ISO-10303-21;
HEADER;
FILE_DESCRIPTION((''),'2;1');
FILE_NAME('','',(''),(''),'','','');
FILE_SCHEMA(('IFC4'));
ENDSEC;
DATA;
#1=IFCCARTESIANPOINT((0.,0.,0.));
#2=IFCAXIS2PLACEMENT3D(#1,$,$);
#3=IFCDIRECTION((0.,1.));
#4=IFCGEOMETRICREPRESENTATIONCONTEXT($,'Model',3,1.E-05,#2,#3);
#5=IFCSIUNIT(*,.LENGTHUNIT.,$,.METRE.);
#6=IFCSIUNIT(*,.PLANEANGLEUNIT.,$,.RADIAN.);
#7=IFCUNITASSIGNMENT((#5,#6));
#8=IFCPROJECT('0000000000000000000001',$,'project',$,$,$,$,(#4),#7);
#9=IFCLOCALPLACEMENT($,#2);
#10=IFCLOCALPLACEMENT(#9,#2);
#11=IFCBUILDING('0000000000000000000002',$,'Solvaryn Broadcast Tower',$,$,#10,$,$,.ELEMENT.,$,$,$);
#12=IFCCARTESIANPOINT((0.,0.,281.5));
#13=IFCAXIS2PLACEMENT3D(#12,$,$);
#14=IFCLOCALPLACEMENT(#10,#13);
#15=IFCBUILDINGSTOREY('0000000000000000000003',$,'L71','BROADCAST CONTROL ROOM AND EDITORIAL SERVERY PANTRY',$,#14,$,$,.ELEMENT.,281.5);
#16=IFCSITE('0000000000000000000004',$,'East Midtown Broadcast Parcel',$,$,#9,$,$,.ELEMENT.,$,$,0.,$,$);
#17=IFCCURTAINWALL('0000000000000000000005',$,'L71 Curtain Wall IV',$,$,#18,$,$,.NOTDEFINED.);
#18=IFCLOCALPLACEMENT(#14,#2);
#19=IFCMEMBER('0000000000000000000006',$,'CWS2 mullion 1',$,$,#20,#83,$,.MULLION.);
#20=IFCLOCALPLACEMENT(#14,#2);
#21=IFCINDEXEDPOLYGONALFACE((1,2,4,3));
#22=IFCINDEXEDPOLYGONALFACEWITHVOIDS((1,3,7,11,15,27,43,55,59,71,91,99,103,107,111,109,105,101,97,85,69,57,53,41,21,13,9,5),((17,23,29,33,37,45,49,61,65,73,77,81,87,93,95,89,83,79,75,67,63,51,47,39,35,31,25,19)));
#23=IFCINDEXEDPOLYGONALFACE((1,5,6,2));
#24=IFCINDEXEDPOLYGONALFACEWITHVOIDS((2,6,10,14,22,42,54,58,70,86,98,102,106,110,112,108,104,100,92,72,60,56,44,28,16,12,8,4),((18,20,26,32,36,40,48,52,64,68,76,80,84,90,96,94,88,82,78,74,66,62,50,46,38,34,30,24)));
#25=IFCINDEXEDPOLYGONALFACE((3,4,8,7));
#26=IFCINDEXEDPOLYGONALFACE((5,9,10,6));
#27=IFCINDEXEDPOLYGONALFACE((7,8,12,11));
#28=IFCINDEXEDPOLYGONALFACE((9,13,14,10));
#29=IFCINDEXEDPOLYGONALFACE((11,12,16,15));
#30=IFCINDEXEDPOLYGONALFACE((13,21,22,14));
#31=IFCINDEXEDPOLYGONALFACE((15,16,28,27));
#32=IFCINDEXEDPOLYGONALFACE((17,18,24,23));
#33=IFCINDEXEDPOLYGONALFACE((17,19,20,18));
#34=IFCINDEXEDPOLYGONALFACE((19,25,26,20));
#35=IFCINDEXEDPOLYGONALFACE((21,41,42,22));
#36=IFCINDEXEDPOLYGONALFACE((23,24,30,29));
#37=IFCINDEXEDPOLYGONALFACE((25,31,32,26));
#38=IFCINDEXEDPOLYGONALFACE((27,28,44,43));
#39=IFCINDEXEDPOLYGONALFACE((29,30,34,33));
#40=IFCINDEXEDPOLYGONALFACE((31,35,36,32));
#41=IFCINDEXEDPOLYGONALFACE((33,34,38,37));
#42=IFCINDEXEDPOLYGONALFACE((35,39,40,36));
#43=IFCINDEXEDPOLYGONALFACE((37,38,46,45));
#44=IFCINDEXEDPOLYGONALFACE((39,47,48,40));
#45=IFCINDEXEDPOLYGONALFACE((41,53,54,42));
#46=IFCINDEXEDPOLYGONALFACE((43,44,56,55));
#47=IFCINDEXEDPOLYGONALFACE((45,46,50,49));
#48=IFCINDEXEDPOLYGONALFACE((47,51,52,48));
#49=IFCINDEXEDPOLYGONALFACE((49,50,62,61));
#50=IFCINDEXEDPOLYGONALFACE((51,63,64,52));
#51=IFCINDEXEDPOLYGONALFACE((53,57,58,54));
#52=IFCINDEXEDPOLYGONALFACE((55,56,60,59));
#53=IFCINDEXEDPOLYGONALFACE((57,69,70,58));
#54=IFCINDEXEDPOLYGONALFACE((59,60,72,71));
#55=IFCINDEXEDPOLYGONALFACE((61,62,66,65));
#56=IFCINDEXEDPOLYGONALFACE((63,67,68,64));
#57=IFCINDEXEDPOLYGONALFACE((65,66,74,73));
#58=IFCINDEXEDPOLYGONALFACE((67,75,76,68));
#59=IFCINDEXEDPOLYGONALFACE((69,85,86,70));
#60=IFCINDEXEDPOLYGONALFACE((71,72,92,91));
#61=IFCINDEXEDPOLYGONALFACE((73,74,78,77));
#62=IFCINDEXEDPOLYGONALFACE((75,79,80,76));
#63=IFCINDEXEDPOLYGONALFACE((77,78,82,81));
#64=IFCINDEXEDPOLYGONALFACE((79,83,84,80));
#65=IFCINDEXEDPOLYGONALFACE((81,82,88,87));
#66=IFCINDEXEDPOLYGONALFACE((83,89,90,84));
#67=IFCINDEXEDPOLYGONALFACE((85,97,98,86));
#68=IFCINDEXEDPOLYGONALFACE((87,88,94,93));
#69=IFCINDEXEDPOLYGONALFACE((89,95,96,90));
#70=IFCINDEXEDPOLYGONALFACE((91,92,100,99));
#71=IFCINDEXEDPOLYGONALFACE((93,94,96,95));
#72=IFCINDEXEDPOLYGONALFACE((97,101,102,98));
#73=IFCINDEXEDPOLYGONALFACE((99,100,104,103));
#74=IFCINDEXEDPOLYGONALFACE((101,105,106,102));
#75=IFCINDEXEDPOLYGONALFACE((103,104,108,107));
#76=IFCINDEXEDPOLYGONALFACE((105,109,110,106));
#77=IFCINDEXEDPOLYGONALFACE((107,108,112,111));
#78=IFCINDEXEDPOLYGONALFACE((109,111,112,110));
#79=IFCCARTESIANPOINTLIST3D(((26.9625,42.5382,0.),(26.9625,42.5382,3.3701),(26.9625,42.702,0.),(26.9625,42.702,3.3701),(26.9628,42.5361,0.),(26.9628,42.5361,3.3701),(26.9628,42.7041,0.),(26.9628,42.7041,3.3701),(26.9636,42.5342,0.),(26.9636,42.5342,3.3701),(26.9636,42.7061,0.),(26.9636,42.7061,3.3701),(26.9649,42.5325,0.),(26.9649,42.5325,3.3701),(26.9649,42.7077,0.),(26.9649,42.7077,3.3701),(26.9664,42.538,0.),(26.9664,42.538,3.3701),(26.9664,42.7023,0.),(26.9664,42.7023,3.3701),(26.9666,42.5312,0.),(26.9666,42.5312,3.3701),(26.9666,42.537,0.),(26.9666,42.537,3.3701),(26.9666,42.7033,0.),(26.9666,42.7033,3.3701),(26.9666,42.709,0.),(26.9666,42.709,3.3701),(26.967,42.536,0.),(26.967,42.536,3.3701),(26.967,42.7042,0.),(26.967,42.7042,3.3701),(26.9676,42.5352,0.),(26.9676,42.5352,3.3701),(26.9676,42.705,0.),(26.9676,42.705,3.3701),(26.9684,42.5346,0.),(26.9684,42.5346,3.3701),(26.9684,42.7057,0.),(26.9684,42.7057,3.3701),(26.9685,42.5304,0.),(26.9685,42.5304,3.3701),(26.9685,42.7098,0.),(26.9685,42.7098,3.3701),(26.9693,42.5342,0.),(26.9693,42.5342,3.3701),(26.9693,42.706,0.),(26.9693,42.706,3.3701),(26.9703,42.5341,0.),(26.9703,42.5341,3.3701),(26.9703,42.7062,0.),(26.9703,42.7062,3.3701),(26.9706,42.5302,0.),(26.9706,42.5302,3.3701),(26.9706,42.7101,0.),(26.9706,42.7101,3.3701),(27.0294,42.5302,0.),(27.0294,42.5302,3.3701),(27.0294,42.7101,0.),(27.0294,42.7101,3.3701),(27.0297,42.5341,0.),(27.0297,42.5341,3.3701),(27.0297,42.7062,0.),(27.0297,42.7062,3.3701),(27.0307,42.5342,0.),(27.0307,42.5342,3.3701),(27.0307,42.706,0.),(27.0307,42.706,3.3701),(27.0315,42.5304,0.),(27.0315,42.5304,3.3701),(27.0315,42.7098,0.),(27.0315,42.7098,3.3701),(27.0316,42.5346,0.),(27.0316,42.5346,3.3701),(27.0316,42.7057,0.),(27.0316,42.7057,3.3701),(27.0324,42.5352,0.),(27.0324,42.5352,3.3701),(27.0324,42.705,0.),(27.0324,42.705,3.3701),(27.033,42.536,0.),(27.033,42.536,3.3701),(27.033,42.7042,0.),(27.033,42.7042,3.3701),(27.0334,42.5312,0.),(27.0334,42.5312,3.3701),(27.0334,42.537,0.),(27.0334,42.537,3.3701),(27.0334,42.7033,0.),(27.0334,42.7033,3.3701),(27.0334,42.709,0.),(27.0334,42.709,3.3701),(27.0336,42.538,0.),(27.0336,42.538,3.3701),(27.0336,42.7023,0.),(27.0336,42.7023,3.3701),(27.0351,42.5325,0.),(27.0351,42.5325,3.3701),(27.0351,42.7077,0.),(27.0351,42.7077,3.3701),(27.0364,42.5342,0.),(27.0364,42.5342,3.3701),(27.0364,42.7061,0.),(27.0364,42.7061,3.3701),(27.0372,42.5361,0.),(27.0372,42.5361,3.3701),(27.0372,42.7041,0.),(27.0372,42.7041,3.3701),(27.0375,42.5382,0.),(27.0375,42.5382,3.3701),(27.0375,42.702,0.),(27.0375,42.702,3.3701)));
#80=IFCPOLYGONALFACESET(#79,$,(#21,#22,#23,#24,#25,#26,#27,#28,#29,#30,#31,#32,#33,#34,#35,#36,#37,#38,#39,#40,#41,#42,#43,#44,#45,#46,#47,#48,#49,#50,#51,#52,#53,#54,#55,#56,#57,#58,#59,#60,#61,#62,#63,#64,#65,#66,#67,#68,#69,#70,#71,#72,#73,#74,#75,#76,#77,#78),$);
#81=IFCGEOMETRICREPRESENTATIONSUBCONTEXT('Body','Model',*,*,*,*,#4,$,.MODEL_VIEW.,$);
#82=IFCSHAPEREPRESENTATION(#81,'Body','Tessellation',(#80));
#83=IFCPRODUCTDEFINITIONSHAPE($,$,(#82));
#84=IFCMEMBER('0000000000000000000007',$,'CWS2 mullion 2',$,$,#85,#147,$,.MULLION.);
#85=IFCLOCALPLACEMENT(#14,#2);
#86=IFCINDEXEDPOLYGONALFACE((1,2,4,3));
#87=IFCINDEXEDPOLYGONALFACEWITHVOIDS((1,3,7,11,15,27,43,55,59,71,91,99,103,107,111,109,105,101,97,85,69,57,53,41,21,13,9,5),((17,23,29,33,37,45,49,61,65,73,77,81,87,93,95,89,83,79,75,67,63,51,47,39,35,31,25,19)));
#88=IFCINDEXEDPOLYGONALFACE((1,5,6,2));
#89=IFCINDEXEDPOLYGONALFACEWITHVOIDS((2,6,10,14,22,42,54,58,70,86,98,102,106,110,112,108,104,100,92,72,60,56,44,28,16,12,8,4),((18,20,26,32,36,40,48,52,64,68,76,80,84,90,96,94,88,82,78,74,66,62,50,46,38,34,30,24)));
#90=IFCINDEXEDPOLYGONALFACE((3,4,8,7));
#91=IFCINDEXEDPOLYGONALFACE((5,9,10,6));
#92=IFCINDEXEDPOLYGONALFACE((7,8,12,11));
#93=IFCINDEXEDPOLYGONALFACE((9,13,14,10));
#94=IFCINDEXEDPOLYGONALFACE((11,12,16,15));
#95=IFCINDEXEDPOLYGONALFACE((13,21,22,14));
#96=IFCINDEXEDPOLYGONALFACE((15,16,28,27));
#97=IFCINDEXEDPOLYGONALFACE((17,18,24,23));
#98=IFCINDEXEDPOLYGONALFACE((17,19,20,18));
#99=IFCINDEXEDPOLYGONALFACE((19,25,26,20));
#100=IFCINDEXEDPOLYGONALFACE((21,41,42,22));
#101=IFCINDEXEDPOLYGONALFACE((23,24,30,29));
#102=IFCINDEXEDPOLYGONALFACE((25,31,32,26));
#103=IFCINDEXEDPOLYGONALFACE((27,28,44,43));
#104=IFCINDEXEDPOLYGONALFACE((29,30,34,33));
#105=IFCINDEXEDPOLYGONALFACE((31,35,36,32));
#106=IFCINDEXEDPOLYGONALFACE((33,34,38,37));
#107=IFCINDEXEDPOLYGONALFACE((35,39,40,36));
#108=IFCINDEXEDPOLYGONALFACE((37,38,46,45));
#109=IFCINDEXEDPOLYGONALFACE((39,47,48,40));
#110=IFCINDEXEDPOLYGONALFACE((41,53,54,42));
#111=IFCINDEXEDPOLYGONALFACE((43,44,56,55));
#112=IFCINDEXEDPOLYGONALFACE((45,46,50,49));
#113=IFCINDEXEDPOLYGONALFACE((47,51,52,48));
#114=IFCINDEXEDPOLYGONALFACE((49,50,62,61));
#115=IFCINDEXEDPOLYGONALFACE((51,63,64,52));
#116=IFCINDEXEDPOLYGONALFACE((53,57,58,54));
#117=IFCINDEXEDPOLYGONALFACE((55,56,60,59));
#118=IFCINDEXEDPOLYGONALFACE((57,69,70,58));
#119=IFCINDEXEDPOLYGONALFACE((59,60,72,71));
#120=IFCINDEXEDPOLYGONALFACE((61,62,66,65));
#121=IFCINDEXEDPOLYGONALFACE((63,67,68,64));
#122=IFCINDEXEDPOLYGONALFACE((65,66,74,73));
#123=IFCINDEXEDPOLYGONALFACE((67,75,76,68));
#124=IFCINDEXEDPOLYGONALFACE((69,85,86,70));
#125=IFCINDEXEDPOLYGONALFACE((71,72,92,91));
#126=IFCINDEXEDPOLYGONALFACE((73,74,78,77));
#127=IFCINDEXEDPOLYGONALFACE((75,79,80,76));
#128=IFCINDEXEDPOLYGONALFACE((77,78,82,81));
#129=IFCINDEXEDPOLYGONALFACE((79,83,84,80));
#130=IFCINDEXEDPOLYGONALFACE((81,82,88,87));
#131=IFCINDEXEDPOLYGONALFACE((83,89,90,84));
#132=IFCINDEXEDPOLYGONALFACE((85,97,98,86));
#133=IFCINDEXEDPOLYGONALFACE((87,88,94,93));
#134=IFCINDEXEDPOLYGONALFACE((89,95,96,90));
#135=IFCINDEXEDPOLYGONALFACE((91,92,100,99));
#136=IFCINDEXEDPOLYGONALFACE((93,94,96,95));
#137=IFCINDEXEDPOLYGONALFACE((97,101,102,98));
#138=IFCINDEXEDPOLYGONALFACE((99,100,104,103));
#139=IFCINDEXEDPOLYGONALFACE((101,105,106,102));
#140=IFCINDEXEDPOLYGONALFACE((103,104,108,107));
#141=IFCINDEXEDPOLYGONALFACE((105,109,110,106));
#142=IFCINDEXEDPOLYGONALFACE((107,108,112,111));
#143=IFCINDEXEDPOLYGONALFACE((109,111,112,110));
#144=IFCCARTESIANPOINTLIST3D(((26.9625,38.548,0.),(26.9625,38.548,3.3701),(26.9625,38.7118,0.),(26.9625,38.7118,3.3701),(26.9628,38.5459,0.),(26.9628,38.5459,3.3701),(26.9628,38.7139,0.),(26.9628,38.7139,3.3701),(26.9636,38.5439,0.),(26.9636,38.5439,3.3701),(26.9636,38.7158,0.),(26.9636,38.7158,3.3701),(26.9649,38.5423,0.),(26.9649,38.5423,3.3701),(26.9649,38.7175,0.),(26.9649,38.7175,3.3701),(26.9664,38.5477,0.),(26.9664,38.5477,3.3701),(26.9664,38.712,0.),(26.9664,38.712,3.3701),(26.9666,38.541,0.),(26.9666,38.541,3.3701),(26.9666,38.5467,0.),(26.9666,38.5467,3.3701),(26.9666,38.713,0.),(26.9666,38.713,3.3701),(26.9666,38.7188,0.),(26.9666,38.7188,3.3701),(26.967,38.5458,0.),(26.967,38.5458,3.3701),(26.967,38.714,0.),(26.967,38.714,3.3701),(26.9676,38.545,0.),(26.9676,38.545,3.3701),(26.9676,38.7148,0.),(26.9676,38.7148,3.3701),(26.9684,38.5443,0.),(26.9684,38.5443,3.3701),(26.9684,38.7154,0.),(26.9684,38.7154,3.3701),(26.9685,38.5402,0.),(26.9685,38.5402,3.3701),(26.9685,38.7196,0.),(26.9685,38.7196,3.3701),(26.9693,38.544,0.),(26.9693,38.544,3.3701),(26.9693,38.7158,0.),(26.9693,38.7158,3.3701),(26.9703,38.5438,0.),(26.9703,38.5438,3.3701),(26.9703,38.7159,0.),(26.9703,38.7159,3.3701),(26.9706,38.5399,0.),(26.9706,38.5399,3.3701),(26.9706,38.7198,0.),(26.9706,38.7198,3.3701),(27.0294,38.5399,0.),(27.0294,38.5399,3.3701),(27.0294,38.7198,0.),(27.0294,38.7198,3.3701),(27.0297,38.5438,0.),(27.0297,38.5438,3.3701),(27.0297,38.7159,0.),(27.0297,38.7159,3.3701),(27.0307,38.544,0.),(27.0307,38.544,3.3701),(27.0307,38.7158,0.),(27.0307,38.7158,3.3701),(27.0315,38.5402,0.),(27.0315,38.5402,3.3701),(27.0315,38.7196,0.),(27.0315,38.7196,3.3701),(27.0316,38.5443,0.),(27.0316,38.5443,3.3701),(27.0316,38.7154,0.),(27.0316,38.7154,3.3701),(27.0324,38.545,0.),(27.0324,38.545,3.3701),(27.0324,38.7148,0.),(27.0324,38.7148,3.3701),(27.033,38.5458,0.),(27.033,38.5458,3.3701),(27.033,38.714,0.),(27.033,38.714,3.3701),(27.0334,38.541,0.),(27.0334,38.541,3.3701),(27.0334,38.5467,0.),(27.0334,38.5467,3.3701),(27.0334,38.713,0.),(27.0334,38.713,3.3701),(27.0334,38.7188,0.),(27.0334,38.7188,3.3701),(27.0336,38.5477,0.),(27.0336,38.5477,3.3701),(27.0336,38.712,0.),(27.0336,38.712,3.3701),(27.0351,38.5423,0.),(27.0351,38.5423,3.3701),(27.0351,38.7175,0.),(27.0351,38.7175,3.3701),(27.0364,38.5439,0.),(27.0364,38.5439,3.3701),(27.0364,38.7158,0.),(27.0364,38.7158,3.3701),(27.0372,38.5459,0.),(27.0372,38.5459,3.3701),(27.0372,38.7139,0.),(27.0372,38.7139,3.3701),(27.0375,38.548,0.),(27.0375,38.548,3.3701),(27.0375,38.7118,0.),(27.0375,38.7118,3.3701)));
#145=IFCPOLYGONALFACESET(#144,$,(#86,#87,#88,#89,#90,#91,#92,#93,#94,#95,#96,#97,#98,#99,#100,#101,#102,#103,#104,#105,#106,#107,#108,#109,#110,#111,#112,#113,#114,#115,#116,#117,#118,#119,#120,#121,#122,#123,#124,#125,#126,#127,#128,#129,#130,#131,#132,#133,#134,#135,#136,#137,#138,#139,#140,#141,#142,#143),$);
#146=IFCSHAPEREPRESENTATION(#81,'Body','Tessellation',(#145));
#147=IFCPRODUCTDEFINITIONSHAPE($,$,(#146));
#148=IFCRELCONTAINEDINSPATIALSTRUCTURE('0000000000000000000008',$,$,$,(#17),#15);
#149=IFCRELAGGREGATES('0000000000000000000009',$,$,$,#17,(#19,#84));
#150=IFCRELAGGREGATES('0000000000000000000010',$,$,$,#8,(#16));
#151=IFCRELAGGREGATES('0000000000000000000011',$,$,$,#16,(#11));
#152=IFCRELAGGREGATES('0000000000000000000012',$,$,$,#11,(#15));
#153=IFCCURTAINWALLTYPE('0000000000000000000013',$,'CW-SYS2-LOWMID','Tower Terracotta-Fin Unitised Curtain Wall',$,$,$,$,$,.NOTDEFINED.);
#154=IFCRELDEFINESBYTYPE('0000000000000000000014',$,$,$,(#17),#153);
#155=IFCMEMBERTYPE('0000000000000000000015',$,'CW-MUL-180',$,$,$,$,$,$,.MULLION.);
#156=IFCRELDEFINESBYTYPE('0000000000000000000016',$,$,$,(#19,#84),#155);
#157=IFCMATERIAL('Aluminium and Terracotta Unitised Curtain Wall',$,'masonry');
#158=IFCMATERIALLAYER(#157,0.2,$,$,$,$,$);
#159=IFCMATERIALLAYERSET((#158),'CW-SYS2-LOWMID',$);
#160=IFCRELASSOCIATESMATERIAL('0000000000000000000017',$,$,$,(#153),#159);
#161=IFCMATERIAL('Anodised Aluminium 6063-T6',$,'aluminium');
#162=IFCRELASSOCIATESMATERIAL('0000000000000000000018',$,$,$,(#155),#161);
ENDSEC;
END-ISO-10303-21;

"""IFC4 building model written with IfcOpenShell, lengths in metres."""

from ifc_helpers import new_model, si_unit, direction, frame, origin, origin_2d, place, context, subcontext, project, spatial, hollow_rectangle, extrude, material, layer, layer_set, material_profile, profile_set, type_object, element, aggregate, save


model = new_model("IFC4")

# Units and contexts
model_context = context("Model", 3, precision=1e-05, world=origin(), true_north=direction((0.0, 1.0)))
body_context = subcontext(model_context, "Body", "Model", "MODEL_VIEW")
ifc_project = project(units=[si_unit("LENGTHUNIT", "METRE"), si_unit("PLANEANGLEUNIT", "RADIAN")], contexts=[model_context])

# Site, building, storey
site_placement = place(None, origin())
site = spatial("IfcSite", under=ifc_project, at=site_placement, Name="East Midtown Broadcast Parcel", CompositionType="ELEMENT", RefElevation=0.0)
building_placement = place(site_placement, origin())
building = spatial("IfcBuilding", under=site, at=building_placement, Name="Solvaryn Broadcast Tower", CompositionType="ELEMENT")
storey_placement = place(building_placement, frame((0.0, 0.0, 281.5)))
storey = spatial("IfcBuildingStorey", under=building, at=storey_placement, Name="L71", Description="BROADCAST CONTROL ROOM AND EDITORIAL SERVERY PANTRY", CompositionType="ELEMENT", Elevation=281.5)

# Curtain wall, members
ifc_material_1 = material(Name="Aluminium and Terracotta Unitised Curtain Wall", Category="masonry")
ifc_layer_1 = layer(ifc_material_1, 0.2)
ifc_layer_set_1 = layer_set([ifc_layer_1], Name="CW-SYS2-LOWMID")
curtain_wall_type = type_object("IfcCurtainWallType", Name="CW-SYS2-LOWMID", Description="Tower Terracotta-Fin Unitised Curtain Wall", PredefinedType="NOTDEFINED", material=ifc_layer_set_1)
curtain_wall_1_placement = place(storey_placement, origin())
curtain_wall_1 = element("IfcCurtainWall", 1, at=curtain_wall_1_placement, inside=storey, type_object=curtain_wall_type, Name="L71 Curtain Wall IV", PredefinedType="NOTDEFINED")
ifc_material_2 = material(Name="Anodised Aluminium 6063-T6", Category="aluminium")
ifc_material_profile_1 = material_profile(ifc_material_2, hollow_rectangle(XDim=0.075, YDim=0.1799, WallThickness=0.0039, InnerFilletRadius=0.0039, OuterFilletRadius=0.0081, at=origin_2d()))
ifc_profile_set_1 = profile_set([ifc_material_profile_1], Name="Anodised Aluminium 6063-T6")
member_type_1 = type_object("IfcMemberType", Name="CW-MUL-180", PredefinedType="MULLION", material=ifc_profile_set_1)
member_1_placement = place(storey_placement, frame((27.0, 42.6201, 0.0), z_axis=(0.0, 0.0, 1.0), x_axis=(1.0, 0.0, 0.0)))
member_1 = element("IfcMember", 2, at=member_1_placement, type_object=member_type_1, Name="CWS2 mullion 1", PredefinedType="MULLION", context=body_context, shape_type="SweptSolid", body=[
    extrude(hollow_rectangle(XDim=0.075, YDim=0.1799, WallThickness=0.0039, InnerFilletRadius=0.0039, OuterFilletRadius=0.0081, at=origin_2d()), origin(), (0.0, 0.0, 1.0), 3.3701),
])
member_2_placement = place(storey_placement, frame((27.0, 38.6299, 0.0), z_axis=(0.0, 0.0, 1.0), x_axis=(1.0, 0.0, 0.0)))
member_2 = element("IfcMember", 3, at=member_2_placement, type_object=member_type_1, Name="CWS2 mullion 2", PredefinedType="MULLION", context=body_context, shape_type="SweptSolid", body=[
    extrude(hollow_rectangle(XDim=0.075, YDim=0.1799, WallThickness=0.0039, InnerFilletRadius=0.0039, OuterFilletRadius=0.0081, at=origin_2d()), origin(), (0.0, 0.0, 1.0), 3.3701),
])

aggregate(curtain_wall_1, [member_1, member_2])

save(model, "model.ifc")
